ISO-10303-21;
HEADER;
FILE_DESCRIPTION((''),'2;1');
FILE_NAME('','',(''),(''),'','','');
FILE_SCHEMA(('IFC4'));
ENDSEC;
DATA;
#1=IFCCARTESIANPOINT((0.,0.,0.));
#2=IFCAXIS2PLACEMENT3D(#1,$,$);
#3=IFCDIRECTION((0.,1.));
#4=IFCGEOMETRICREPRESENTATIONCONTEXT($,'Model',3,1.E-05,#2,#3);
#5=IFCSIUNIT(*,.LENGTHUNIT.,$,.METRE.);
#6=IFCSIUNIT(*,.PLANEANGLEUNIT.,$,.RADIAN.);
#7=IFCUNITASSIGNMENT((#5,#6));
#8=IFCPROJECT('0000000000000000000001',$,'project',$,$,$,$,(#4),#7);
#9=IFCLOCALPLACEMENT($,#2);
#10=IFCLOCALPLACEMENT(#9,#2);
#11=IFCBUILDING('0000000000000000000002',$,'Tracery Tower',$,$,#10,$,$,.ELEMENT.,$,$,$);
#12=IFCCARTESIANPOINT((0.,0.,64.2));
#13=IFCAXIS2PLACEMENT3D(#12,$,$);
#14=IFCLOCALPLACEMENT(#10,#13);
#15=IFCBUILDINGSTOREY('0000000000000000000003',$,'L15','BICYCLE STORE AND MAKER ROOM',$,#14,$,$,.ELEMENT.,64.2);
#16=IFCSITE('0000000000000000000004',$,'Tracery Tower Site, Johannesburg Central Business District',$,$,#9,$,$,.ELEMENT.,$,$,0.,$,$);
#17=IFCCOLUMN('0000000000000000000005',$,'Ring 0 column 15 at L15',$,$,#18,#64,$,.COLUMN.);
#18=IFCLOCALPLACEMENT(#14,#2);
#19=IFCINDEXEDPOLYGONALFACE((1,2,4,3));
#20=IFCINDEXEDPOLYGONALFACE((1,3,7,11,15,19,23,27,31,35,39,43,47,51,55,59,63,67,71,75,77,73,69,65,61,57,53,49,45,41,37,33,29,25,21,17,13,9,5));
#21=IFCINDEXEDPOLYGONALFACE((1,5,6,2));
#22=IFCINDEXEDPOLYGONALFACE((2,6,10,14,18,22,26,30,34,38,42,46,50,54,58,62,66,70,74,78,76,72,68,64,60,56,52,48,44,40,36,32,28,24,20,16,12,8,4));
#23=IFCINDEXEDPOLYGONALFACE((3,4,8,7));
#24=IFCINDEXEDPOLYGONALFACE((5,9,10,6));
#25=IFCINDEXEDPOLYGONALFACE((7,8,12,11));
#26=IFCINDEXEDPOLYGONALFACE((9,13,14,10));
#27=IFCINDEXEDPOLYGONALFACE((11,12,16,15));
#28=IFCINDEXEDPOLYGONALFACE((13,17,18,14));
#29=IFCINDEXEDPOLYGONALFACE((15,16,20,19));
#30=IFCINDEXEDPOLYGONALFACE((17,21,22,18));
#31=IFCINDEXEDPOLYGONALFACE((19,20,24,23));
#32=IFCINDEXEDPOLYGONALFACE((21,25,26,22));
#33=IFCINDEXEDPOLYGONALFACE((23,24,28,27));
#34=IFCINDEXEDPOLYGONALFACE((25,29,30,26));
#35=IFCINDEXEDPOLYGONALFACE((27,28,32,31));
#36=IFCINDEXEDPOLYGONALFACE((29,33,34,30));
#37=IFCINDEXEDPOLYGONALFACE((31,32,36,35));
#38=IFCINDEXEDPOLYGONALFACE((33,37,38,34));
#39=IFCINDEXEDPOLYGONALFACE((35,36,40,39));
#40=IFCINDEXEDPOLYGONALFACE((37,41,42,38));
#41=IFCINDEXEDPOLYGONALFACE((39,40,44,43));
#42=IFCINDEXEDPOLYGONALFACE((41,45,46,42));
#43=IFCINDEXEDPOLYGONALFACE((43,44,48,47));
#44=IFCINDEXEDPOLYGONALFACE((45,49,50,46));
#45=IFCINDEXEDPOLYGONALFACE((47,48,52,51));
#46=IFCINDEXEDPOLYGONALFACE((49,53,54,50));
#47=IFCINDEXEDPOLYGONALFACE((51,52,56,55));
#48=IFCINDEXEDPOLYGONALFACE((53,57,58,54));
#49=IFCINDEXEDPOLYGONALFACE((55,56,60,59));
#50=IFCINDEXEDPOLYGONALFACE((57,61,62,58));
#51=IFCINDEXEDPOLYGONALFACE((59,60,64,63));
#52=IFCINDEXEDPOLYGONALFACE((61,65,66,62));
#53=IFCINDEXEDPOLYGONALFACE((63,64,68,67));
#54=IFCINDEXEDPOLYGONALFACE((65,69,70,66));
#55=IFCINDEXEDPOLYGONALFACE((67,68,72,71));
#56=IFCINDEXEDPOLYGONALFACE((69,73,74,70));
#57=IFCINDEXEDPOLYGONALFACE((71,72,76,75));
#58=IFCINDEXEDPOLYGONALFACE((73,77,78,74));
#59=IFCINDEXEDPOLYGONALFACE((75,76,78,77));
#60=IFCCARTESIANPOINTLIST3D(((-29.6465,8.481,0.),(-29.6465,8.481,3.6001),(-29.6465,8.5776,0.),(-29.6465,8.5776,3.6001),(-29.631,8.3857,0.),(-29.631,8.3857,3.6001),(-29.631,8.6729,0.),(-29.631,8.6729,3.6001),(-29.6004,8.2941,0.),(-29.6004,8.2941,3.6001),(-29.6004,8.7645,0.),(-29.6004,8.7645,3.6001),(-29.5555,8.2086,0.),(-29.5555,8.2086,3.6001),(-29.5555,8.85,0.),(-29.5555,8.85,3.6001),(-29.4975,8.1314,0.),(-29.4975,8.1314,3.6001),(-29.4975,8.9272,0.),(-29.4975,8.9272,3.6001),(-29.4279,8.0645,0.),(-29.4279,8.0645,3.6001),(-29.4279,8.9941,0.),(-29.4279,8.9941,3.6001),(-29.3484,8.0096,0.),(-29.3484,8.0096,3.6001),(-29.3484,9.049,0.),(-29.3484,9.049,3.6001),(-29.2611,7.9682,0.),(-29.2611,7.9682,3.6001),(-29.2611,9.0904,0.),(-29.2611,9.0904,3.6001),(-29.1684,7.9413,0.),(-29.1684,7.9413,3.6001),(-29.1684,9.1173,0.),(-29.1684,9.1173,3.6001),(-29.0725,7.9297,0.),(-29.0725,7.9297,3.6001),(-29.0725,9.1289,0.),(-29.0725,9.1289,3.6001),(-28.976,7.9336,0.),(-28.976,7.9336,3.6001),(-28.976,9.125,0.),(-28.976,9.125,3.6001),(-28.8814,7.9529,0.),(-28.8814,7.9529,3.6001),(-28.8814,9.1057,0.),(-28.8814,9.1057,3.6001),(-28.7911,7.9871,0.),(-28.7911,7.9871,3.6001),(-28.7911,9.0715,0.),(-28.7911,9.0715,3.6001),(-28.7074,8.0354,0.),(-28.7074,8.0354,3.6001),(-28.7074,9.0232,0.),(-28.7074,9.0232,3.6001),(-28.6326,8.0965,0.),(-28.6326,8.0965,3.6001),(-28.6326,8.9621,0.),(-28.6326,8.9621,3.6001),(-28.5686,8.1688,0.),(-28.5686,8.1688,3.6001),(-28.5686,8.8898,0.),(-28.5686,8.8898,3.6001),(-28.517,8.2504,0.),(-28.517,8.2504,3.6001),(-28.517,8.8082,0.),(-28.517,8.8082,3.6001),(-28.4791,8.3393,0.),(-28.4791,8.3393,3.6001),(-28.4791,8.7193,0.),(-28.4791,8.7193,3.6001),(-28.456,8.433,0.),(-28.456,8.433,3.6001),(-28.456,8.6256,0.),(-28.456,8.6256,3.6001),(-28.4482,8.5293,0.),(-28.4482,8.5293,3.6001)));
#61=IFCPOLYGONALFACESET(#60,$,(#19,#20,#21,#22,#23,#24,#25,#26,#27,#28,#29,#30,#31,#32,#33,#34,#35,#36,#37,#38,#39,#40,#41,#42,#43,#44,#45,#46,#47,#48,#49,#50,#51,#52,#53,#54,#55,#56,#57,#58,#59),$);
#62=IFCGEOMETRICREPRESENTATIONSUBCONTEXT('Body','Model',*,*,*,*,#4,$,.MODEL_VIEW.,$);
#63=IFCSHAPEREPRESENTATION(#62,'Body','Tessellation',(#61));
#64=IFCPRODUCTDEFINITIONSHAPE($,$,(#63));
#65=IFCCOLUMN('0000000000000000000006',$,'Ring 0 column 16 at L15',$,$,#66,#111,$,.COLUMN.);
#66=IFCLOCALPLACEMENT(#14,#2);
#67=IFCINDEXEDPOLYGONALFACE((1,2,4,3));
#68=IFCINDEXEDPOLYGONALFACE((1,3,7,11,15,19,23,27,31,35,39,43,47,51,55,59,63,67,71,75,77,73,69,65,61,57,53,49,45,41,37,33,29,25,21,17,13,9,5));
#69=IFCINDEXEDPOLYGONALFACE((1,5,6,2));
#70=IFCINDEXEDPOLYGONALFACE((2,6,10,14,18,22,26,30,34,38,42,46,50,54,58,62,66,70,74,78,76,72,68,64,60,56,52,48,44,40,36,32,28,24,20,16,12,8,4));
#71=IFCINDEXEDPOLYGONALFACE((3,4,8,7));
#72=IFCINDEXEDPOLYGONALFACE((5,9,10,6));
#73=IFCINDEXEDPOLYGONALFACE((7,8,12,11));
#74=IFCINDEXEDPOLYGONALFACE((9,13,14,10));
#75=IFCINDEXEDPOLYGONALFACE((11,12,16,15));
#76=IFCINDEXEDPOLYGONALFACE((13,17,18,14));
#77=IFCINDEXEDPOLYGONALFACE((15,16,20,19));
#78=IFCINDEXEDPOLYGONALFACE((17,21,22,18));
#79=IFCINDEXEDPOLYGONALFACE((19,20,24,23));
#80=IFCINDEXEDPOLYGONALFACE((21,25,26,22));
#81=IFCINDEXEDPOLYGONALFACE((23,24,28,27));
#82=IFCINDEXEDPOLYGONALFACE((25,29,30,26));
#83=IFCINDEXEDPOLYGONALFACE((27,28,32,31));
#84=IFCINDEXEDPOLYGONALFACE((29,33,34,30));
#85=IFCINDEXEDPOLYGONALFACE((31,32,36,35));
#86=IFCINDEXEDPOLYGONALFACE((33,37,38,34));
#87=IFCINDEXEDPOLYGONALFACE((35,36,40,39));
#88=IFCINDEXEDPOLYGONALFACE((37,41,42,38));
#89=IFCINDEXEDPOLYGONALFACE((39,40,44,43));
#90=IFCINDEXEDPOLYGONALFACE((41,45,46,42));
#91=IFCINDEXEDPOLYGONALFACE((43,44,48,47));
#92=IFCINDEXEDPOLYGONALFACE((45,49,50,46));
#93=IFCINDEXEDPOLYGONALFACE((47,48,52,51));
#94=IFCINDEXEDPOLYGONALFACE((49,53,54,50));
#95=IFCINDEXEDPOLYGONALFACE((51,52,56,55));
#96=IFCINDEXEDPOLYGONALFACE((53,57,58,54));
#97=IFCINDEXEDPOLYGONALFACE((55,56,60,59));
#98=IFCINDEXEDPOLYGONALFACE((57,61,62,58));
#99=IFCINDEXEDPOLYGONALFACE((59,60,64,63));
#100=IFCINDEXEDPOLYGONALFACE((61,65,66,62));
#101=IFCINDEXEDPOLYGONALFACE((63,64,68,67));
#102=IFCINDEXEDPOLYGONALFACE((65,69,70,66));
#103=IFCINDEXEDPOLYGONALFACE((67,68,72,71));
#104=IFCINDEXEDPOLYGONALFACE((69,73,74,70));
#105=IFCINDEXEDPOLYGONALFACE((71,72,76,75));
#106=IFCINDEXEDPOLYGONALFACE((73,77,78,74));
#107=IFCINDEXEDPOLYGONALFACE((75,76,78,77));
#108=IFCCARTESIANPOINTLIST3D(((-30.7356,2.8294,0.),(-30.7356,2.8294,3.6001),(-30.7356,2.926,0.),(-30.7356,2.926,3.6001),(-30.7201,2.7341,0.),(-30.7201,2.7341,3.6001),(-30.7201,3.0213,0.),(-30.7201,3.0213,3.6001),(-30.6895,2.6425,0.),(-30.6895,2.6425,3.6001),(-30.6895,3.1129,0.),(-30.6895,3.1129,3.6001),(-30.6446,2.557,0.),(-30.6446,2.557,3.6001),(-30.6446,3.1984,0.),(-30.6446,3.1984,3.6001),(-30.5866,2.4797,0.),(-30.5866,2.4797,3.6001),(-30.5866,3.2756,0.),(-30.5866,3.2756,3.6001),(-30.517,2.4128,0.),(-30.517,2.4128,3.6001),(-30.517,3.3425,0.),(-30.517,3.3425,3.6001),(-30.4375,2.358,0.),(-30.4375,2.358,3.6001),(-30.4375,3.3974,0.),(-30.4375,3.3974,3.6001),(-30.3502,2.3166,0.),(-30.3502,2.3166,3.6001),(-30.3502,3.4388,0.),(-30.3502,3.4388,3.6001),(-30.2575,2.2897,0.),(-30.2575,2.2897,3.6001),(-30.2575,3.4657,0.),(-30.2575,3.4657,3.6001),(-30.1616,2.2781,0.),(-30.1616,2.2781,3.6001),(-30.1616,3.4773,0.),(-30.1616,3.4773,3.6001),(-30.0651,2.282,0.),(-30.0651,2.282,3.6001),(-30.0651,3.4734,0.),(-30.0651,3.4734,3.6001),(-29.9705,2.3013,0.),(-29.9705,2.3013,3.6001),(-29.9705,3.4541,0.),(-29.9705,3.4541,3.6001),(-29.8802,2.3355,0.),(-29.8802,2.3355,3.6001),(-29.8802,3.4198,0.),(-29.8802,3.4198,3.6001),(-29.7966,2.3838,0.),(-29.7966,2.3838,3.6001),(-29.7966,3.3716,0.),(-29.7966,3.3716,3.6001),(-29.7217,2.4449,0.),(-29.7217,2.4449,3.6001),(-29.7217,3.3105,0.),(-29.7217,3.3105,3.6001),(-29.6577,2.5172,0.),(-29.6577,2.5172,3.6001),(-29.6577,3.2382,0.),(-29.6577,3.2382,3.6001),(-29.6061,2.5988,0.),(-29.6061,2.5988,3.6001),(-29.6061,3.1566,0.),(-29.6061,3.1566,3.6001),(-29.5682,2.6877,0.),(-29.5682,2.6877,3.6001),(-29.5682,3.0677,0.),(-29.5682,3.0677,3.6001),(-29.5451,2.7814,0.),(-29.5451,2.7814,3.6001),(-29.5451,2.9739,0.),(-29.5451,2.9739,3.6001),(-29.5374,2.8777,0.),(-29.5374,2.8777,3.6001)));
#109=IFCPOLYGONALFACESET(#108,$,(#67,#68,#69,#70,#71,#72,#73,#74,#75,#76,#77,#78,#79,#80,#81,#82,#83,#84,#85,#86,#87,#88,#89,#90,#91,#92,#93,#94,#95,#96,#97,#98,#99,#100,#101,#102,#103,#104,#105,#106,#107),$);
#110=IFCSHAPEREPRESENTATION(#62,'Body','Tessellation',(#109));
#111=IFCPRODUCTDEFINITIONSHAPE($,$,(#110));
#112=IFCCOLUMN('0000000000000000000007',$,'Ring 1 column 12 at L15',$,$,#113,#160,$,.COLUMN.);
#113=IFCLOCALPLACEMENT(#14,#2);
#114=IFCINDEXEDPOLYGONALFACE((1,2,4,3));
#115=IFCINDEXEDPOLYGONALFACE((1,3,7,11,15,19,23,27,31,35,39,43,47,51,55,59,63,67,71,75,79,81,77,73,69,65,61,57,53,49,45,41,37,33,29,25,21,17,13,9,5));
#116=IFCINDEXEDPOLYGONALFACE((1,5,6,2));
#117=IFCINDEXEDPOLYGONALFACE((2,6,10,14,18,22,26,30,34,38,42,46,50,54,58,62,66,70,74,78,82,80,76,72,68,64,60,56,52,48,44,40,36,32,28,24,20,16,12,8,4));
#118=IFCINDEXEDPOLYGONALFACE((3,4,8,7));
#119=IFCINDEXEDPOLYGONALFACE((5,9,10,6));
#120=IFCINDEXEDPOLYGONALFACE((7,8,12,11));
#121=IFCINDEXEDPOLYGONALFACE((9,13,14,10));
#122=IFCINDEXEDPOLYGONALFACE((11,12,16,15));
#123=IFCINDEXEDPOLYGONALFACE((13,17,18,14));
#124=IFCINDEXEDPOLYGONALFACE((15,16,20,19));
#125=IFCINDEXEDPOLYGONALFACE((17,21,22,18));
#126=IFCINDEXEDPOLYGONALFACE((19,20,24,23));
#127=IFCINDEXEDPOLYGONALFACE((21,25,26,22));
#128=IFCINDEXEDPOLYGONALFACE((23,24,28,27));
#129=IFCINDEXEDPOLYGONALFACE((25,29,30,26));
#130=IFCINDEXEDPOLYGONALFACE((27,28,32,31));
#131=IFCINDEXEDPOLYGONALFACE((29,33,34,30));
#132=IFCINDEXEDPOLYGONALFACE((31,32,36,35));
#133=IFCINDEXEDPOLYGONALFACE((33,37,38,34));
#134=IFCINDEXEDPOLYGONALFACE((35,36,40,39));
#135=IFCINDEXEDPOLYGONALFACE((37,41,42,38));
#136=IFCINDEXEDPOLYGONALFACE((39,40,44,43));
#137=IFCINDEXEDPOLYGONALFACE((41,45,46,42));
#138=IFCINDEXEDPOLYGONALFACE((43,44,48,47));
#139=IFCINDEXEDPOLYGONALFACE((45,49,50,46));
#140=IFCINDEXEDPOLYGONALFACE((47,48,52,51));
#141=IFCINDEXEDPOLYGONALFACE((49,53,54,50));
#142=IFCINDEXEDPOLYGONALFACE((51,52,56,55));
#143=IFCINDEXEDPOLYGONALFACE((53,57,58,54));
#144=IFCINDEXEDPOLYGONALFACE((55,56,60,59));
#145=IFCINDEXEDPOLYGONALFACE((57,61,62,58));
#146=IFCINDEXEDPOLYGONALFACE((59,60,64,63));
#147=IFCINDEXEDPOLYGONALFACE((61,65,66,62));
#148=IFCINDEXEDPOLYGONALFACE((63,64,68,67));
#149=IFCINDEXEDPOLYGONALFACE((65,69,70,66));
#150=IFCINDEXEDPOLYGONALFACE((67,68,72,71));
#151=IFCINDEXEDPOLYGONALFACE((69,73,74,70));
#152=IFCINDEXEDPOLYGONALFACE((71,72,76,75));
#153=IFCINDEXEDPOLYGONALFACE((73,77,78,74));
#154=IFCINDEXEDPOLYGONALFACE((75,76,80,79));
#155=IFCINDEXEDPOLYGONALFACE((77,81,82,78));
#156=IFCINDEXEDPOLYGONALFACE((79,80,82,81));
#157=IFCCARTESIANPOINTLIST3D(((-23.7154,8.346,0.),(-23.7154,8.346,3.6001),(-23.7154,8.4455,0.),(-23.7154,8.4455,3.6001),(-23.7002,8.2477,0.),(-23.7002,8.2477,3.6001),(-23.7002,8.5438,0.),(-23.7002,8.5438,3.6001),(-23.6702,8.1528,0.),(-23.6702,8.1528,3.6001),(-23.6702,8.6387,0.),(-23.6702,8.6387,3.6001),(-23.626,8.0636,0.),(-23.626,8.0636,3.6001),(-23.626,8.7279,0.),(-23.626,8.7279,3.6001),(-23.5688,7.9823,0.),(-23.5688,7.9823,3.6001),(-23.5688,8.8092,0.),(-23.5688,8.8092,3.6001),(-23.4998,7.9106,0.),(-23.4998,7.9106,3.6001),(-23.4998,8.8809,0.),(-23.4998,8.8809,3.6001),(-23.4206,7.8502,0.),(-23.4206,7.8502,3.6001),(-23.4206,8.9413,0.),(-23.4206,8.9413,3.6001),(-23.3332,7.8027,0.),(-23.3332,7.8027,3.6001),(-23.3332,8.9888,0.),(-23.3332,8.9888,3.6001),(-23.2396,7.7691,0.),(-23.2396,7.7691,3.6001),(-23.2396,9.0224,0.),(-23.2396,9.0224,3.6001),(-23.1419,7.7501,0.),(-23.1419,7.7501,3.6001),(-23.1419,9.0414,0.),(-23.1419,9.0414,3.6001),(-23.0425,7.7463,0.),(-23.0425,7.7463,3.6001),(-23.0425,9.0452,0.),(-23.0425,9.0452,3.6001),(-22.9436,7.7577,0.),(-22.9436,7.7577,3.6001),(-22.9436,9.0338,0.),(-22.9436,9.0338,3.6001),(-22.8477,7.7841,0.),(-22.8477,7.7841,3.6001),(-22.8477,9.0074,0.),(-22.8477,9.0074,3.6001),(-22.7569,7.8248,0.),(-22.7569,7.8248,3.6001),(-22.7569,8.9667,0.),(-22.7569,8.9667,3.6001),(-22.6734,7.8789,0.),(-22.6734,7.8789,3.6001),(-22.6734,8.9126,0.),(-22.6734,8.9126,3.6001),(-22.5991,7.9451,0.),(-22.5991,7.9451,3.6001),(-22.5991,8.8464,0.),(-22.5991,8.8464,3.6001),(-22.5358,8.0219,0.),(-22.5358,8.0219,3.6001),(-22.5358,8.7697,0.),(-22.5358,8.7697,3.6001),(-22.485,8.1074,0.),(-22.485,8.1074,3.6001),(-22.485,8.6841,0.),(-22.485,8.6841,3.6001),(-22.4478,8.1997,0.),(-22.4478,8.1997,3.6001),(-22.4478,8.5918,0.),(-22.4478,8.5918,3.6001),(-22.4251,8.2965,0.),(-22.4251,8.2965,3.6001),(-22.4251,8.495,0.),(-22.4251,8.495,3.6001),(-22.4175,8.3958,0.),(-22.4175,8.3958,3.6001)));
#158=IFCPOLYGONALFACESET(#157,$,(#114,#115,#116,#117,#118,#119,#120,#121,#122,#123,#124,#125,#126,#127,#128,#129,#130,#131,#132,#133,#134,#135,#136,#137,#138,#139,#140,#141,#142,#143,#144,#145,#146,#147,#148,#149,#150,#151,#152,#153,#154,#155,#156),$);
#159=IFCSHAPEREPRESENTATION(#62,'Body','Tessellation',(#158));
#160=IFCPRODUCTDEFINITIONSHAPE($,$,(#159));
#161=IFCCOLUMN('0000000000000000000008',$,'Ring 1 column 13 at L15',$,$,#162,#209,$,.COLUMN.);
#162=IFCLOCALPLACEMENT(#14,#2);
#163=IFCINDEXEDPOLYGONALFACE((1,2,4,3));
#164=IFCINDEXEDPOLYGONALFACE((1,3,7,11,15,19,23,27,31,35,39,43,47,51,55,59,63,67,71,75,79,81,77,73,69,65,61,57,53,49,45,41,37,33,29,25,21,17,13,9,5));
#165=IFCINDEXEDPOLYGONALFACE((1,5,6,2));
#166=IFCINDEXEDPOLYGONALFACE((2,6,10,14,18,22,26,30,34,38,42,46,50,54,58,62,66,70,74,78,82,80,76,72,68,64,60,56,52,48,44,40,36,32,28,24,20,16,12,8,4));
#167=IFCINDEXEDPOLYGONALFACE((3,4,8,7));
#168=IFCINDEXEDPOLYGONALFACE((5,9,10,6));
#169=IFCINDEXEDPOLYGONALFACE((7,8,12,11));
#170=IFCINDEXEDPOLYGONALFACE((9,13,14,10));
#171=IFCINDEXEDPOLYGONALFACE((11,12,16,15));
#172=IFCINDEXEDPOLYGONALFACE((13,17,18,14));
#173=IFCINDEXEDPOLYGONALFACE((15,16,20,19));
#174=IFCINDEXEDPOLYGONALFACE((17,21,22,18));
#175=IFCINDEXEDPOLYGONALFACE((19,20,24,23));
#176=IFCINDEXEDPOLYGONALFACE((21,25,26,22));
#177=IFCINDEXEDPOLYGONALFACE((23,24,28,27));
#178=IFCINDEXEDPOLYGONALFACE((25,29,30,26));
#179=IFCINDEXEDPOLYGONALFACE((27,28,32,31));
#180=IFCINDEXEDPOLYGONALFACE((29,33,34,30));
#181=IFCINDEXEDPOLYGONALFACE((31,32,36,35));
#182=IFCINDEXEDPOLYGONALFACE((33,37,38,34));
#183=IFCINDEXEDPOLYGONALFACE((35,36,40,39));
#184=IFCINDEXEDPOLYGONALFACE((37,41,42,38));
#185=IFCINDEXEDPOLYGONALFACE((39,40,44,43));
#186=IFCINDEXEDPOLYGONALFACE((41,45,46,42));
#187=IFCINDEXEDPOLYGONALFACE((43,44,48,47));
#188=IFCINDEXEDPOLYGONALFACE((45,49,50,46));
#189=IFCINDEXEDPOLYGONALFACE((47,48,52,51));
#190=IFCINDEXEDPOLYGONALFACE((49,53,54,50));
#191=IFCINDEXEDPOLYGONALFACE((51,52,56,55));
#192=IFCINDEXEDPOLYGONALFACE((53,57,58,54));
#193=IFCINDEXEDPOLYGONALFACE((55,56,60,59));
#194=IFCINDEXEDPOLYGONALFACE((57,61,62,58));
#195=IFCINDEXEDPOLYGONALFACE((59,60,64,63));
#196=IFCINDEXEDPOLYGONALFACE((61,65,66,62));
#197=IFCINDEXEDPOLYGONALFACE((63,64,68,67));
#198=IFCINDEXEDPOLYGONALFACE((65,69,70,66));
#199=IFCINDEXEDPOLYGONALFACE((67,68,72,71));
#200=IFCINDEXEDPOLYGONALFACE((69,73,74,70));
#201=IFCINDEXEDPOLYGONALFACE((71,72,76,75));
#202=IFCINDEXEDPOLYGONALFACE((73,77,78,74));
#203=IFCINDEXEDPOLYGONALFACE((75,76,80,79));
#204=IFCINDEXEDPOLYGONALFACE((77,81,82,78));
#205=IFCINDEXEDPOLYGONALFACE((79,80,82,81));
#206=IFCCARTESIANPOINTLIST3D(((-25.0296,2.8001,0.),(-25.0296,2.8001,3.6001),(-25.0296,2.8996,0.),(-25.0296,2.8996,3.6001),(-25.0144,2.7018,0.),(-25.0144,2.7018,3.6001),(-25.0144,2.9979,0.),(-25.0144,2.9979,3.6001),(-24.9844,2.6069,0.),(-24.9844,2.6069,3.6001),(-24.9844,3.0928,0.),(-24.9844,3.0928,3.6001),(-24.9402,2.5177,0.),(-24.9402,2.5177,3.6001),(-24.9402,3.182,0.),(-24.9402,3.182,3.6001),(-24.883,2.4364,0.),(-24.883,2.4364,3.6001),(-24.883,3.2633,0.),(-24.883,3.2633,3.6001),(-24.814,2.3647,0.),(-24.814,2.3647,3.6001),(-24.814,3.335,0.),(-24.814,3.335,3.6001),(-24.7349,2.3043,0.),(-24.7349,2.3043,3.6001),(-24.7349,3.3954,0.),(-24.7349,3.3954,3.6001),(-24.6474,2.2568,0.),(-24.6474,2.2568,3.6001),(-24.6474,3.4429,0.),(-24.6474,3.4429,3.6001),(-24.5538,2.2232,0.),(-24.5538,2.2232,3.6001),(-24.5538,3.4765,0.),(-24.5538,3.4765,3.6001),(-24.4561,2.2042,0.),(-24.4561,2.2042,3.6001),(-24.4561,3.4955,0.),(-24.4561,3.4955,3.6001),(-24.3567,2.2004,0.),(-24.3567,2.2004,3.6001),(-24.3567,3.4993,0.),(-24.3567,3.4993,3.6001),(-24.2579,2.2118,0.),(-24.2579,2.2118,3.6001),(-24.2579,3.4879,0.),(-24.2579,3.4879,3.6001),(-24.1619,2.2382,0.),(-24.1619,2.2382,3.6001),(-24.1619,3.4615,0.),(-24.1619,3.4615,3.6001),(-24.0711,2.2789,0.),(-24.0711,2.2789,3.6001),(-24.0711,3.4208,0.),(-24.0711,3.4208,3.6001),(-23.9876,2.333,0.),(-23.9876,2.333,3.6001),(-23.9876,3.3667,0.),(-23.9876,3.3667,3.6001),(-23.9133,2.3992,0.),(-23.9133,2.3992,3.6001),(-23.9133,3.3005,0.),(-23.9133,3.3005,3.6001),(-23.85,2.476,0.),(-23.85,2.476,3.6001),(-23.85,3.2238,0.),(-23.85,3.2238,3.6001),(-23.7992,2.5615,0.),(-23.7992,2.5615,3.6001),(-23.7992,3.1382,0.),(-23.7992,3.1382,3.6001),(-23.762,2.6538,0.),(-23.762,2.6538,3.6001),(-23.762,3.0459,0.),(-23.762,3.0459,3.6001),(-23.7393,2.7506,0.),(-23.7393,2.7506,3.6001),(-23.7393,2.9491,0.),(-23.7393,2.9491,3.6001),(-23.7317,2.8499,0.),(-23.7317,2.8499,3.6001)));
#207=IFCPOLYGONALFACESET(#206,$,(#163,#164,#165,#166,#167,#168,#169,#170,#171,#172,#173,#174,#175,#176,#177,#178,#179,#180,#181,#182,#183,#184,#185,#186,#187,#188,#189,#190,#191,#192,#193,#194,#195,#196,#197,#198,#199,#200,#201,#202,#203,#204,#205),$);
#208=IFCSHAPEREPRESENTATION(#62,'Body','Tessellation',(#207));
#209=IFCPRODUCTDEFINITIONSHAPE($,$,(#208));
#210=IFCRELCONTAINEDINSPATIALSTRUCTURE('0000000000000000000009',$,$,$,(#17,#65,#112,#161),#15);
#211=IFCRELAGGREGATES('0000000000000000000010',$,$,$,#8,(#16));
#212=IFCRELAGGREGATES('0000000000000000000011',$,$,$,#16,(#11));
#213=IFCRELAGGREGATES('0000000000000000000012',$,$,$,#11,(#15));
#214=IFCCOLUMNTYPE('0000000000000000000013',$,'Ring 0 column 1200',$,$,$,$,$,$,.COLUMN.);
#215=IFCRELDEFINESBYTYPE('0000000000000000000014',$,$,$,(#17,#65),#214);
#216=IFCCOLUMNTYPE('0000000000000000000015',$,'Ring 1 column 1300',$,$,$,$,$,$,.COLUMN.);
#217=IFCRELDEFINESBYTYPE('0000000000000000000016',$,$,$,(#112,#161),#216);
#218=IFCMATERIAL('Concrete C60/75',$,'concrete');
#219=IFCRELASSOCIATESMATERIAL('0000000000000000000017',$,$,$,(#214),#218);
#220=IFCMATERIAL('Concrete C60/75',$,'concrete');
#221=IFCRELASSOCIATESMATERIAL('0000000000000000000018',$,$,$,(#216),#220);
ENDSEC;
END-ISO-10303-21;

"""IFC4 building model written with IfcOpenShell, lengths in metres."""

from ifc_helpers import new_model, si_unit, direction, frame, origin, origin_2d, place, context, subcontext, project, spatial, circle, extrude, material, material_profile, profile_set, type_object, element, save


model = new_model("IFC4")

# Units and contexts
model_context = context("Model", 3, precision=1e-05, world=origin(), true_north=direction((0.0, 1.0)))
body_context = subcontext(model_context, "Body", "Model", "MODEL_VIEW")
ifc_project = project(units=[si_unit("LENGTHUNIT", "METRE"), si_unit("PLANEANGLEUNIT", "RADIAN")], contexts=[model_context])

# Site, building, storey
site_placement = place(None, origin())
site = spatial("IfcSite", under=ifc_project, at=site_placement, Name="Tracery Tower Site, Johannesburg Central Business District", CompositionType="ELEMENT", RefElevation=0.0)
building_placement = place(site_placement, origin())
building = spatial("IfcBuilding", under=site, at=building_placement, Name="Tracery Tower", CompositionType="ELEMENT")
storey_placement = place(building_placement, frame((0.0, 0.0, 64.2)))
storey = spatial("IfcBuildingStorey", under=building, at=storey_placement, Name="L15", Description="BICYCLE STORE AND MAKER ROOM", CompositionType="ELEMENT", Elevation=64.2)

# Columns
ifc_material_1 = material(Name="Concrete C60/75", Category="concrete")
ifc_material_profile_1 = material_profile(ifc_material_1, circle(Radius=0.6001, at=origin_2d()), Name="RC D1200")
ifc_profile_set_1 = profile_set([ifc_material_profile_1], Name="Concrete C60/75")
column_type_1 = type_object("IfcColumnType", Name="Ring 0 column 1200", PredefinedType="COLUMN", material=ifc_profile_set_1)
for number, where, z_axis, x_axis, name in (
    (1, (-29.0483, 8.5293, 0.0), (0.0, 0.0, 1.0), (1.0, 0.0, 0.0), "Ring 0 column 15 at L15"),
    (2, (-30.1375, 2.8777, 0.0), (0.0, 0.0, 1.0), (1.0, 0.0, 0.0), "Ring 0 column 16 at L15"),
):
    element("IfcColumn", number, at=place(storey_placement, frame(where, z_axis=z_axis, x_axis=x_axis)), inside=storey, type_object=column_type_1, Name=name, PredefinedType="COLUMN", context=body_context, shape_type="SweptSolid", body=[
        extrude(circle(Radius=0.6001, at=origin_2d()), origin(), (0.0, 0.0, 1.0), 3.6001),
    ])
ifc_material_2 = material(Name="Concrete C60/75", Category="concrete")
ifc_material_profile_2 = material_profile(ifc_material_2, circle(Radius=0.6499, at=origin_2d()), Name="RC D1300")
ifc_profile_set_2 = profile_set([ifc_material_profile_2], Name="Concrete C60/75")
column_type_2 = type_object("IfcColumnType", Name="Ring 1 column 1300", PredefinedType="COLUMN", material=ifc_profile_set_2)
for number, where, z_axis, x_axis, name in (
    (3, (-23.0674, 8.3958, 0.0), (0.0, 0.0, 1.0), (1.0, 0.0, 0.0), "Ring 1 column 12 at L15"),
    (4, (-24.3816, 2.8499, 0.0), (0.0, 0.0, 1.0), (1.0, 0.0, 0.0), "Ring 1 column 13 at L15"),
):
    element("IfcColumn", number, at=place(storey_placement, frame(where, z_axis=z_axis, x_axis=x_axis)), inside=storey, type_object=column_type_2, Name=name, PredefinedType="COLUMN", context=body_context, shape_type="SweptSolid", body=[
        extrude(circle(Radius=0.6499, at=origin_2d()), origin(), (0.0, 0.0, 1.0), 3.6001),
    ])

save(model, "model.ifc")
